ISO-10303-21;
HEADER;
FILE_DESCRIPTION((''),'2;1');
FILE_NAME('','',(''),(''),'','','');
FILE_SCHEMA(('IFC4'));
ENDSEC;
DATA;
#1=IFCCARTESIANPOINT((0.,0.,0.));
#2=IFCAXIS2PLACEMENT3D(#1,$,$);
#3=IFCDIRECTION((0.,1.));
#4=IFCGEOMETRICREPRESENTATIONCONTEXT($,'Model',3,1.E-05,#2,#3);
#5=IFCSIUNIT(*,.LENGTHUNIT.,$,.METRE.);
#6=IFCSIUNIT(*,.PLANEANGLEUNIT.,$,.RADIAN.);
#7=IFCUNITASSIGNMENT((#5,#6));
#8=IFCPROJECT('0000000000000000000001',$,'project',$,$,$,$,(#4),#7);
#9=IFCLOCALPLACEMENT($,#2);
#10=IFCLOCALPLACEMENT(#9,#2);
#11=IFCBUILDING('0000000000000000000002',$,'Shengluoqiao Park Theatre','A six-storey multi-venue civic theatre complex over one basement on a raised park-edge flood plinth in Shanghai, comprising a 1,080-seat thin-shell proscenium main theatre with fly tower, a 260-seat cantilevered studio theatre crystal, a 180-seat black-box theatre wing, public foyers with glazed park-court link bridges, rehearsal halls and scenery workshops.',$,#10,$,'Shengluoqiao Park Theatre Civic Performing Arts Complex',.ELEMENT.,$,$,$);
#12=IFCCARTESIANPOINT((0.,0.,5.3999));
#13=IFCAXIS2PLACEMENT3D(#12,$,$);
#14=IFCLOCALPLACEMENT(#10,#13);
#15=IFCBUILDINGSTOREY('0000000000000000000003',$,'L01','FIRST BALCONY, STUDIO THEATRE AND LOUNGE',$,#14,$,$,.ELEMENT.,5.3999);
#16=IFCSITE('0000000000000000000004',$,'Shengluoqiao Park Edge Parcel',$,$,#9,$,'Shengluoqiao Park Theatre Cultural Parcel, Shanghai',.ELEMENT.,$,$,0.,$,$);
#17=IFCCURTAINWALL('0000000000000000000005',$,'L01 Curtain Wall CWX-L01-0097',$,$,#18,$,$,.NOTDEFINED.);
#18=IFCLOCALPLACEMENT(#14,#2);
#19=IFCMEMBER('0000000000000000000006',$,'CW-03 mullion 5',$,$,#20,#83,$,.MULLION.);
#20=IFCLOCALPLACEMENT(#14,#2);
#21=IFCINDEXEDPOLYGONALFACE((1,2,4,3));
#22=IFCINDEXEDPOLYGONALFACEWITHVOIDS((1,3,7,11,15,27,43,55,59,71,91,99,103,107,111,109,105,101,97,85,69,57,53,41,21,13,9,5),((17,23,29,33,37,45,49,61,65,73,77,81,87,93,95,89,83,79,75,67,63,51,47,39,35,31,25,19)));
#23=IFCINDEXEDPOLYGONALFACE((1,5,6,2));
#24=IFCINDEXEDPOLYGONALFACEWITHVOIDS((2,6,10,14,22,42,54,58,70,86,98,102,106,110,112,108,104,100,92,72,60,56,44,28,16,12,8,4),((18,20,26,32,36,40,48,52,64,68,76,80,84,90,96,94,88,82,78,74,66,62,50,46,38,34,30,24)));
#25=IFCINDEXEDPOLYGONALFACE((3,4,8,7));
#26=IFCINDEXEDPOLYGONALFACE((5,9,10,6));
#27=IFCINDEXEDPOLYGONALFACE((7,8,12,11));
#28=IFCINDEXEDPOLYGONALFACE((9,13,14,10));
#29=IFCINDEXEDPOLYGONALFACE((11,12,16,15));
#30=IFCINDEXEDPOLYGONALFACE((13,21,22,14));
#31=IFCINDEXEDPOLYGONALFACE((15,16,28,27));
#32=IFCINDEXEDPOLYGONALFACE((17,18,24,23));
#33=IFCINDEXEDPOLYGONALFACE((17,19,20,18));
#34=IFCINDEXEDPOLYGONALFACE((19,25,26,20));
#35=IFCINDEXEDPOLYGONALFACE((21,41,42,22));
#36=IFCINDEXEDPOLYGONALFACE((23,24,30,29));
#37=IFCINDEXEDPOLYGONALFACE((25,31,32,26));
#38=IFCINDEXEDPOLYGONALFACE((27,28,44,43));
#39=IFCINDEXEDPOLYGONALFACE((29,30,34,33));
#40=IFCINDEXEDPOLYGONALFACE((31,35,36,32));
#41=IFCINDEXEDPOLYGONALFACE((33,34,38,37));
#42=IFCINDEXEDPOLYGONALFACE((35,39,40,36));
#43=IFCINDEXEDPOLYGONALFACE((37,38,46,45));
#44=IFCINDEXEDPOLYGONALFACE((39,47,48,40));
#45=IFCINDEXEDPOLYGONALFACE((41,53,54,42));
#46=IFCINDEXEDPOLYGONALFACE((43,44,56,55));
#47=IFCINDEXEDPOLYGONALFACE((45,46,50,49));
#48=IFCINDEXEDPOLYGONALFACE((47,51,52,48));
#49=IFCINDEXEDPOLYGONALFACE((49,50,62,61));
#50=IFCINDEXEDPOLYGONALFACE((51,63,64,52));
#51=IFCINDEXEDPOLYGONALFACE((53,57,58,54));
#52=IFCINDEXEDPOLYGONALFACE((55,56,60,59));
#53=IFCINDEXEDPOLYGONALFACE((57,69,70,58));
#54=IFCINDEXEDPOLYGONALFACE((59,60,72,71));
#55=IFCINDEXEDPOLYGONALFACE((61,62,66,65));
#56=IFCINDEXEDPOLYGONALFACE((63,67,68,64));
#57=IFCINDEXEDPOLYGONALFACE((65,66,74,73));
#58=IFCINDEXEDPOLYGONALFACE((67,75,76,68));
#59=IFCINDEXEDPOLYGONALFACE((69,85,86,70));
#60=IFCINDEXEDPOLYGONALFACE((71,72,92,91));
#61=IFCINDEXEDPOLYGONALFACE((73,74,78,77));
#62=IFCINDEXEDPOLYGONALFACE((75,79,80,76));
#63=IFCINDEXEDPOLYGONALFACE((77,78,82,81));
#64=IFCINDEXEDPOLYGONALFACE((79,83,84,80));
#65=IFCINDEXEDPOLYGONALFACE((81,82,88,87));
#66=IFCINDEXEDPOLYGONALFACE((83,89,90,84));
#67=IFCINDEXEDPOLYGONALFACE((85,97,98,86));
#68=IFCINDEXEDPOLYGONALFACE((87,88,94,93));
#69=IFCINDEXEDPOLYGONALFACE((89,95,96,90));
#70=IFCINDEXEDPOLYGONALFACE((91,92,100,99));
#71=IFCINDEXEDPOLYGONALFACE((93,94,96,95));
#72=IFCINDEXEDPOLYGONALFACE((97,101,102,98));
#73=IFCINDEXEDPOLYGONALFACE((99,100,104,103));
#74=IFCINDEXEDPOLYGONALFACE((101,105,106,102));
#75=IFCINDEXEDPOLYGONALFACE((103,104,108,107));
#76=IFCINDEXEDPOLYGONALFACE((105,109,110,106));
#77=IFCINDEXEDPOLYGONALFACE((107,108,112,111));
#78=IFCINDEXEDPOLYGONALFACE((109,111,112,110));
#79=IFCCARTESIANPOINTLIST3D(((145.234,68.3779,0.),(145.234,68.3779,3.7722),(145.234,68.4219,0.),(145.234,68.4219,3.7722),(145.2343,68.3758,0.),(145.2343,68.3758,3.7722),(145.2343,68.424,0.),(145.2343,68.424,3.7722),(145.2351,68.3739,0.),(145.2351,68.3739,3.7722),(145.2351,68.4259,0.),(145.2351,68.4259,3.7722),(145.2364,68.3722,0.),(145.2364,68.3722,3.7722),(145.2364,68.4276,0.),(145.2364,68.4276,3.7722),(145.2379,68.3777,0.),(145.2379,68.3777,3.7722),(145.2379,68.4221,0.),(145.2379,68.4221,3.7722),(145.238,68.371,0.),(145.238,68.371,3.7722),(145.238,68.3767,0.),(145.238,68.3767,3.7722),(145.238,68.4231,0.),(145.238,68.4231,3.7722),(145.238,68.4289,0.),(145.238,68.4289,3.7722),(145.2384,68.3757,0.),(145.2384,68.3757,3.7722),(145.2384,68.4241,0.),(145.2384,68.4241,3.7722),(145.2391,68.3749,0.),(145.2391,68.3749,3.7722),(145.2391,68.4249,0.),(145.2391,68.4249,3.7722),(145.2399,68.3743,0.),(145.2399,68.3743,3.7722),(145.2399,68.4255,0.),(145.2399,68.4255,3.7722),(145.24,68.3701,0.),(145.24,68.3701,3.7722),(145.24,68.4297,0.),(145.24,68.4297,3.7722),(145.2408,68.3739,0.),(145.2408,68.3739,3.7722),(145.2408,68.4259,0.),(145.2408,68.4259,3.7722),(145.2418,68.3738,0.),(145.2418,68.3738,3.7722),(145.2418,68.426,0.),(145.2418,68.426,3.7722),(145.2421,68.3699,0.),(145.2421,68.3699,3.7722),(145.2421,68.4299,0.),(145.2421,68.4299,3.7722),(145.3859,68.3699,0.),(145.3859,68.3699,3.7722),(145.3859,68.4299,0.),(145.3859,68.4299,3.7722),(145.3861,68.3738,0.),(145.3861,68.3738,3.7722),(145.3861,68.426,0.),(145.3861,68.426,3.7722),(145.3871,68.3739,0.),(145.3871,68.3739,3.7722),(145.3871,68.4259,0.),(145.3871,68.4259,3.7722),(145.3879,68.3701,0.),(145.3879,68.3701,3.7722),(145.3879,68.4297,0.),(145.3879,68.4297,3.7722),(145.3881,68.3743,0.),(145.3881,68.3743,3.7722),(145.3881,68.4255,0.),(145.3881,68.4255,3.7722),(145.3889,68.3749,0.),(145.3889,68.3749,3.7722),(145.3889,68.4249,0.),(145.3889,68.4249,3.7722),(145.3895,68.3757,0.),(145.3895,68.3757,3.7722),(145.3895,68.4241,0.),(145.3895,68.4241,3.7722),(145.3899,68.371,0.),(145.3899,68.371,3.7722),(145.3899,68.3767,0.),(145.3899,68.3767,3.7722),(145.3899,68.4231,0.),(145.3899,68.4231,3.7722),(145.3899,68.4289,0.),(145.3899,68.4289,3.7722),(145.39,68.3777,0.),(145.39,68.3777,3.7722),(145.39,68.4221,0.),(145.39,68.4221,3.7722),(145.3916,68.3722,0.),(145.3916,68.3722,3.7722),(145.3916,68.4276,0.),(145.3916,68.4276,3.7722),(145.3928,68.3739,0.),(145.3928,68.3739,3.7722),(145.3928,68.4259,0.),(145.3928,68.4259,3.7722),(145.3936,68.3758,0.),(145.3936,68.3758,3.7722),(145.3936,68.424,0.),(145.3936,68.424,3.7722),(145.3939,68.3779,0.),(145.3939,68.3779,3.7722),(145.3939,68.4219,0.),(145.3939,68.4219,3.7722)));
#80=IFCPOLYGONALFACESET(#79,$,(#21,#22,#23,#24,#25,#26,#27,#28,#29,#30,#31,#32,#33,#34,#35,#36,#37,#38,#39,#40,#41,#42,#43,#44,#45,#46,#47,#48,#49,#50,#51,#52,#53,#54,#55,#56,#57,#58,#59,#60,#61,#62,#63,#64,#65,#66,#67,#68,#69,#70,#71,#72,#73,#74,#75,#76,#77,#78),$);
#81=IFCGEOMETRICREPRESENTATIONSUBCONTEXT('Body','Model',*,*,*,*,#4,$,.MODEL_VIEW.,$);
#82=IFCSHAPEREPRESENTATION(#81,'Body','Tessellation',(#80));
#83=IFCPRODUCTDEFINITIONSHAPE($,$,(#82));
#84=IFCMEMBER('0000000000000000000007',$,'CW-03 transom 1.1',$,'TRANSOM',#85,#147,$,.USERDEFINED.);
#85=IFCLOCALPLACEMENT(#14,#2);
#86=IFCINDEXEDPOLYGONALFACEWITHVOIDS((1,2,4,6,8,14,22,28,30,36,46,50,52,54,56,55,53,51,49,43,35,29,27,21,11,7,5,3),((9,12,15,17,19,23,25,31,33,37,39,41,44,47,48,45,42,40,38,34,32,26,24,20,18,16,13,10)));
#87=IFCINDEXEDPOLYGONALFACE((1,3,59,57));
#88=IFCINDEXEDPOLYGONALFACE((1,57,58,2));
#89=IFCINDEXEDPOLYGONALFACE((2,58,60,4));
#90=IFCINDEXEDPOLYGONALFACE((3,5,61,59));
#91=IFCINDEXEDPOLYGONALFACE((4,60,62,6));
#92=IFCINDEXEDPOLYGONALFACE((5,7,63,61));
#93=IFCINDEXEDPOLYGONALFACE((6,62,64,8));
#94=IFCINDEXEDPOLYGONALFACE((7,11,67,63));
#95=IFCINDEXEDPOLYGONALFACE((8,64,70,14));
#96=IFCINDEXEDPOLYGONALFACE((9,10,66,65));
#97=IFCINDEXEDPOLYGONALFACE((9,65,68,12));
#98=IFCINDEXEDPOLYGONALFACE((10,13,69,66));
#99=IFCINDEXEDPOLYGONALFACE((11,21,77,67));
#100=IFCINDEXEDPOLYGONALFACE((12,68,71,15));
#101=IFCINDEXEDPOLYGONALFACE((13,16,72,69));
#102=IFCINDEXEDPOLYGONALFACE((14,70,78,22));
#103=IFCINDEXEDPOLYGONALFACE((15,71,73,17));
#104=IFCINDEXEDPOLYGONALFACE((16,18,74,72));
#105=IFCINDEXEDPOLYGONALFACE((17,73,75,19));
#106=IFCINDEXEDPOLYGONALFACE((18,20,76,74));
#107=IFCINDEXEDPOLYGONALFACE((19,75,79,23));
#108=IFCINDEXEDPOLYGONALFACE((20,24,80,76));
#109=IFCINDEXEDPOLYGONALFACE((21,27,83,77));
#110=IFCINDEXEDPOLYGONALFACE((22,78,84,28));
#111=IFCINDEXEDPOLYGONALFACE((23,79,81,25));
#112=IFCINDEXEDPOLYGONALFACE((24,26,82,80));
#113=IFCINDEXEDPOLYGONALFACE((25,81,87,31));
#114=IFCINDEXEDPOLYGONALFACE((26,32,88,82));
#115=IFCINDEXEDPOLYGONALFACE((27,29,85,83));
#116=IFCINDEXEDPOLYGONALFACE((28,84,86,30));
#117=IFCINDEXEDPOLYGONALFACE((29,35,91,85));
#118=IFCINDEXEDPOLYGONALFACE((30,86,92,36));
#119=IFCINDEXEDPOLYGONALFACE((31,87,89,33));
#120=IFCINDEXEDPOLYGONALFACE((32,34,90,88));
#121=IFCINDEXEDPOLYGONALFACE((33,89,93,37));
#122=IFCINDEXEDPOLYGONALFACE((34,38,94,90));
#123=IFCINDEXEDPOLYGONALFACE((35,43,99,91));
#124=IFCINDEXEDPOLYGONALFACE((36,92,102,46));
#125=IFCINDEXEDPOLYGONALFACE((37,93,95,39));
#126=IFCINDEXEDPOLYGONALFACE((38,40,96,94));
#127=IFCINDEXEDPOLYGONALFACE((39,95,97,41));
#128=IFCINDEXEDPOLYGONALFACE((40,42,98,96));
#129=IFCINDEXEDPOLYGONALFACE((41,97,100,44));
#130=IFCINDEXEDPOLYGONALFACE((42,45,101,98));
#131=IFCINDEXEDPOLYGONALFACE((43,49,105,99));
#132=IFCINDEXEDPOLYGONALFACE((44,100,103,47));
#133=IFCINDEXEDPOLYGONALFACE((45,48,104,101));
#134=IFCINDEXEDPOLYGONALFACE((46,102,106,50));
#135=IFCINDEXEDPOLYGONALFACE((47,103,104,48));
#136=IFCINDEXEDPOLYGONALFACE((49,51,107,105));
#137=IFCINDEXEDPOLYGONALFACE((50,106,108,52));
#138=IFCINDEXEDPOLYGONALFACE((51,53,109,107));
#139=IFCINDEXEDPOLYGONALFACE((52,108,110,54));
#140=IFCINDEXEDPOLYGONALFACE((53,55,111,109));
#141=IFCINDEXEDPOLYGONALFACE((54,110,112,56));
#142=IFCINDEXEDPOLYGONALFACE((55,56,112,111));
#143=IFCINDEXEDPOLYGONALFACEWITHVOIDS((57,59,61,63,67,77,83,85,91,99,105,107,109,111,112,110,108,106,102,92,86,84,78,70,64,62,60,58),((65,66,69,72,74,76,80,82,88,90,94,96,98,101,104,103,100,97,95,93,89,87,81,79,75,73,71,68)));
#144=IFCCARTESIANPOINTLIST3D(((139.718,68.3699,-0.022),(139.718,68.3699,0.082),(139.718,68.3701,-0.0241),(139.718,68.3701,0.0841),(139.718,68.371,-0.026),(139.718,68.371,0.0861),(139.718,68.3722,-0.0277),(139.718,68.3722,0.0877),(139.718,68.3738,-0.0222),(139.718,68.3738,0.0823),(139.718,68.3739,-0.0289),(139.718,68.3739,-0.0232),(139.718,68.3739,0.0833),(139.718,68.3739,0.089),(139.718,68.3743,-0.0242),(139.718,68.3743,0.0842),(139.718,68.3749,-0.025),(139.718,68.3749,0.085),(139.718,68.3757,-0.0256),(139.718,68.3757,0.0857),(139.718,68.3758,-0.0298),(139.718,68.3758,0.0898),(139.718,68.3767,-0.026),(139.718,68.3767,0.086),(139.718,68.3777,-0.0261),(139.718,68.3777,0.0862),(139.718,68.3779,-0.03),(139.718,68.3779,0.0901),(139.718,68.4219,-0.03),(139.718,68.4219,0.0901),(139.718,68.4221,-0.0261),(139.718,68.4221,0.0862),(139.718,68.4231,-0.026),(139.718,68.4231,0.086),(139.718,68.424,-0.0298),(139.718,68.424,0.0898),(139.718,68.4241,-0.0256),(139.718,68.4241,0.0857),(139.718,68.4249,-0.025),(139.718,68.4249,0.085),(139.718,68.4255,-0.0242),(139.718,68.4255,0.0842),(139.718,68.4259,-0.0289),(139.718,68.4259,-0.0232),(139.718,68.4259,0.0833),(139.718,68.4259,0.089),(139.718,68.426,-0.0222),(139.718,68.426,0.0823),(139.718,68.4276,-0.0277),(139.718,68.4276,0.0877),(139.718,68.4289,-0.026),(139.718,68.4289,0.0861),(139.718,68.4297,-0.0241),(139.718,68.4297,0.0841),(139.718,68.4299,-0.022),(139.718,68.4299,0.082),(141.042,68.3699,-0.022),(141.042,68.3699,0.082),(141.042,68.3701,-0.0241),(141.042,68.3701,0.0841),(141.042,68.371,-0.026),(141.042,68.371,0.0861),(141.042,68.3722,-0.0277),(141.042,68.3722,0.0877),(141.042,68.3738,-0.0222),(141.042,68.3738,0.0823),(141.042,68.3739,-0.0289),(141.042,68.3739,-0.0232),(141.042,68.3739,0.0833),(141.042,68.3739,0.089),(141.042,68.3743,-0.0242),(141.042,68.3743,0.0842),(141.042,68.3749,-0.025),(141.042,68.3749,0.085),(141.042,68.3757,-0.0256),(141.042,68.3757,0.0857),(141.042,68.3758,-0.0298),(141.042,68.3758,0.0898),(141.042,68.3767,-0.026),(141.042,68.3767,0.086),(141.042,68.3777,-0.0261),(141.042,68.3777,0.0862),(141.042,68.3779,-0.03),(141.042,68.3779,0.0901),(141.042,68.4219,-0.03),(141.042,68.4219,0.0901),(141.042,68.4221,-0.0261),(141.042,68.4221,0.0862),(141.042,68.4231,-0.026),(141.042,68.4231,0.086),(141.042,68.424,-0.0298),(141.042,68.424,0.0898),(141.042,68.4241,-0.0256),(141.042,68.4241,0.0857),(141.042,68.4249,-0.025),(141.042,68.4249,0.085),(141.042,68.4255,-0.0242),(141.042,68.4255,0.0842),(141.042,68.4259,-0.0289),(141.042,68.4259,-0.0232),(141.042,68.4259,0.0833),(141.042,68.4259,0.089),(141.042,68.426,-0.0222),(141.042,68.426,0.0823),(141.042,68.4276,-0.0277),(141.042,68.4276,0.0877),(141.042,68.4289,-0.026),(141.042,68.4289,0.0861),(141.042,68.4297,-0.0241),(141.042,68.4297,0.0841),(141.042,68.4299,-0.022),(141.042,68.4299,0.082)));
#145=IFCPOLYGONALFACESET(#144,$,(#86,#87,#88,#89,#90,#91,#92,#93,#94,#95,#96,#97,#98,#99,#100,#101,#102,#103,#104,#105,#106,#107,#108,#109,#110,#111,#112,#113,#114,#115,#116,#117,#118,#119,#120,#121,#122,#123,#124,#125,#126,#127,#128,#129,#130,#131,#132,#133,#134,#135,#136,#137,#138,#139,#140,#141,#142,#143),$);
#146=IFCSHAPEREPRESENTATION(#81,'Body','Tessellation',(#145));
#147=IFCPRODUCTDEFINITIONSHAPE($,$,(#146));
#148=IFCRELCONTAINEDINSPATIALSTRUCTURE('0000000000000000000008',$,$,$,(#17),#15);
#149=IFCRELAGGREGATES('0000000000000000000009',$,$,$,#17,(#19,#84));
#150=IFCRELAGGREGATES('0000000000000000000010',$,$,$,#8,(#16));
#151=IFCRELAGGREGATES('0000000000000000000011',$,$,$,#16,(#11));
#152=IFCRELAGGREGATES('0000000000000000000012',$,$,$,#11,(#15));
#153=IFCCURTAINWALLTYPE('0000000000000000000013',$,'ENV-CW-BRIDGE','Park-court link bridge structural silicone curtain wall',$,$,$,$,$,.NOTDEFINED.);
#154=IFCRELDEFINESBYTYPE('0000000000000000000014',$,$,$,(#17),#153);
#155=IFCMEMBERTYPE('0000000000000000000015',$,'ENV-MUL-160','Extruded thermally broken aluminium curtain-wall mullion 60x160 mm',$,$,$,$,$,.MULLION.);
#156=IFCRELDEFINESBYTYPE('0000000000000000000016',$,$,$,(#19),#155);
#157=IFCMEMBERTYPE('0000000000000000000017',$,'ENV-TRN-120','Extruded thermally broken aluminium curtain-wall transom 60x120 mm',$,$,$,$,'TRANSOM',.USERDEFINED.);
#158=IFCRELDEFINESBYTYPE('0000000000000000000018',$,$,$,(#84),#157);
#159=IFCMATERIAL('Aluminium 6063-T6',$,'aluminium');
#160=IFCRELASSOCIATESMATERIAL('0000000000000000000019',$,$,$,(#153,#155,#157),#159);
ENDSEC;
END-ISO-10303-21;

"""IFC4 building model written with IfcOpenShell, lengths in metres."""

from ifc_helpers import new_model, si_unit, direction, frame, origin, origin_2d, place, context, subcontext, project, spatial, hollow_rectangle, extrude, material, material_profile, profile_set, type_object, element, aggregate, save


model = new_model("IFC4")

# Units and contexts
model_context = context("Model", 3, precision=1e-05, world=origin(), true_north=direction((0.0, 1.0)))
body_context = subcontext(model_context, "Body", "Model", "MODEL_VIEW")
ifc_project = project(units=[si_unit("LENGTHUNIT", "METRE"), si_unit("PLANEANGLEUNIT", "RADIAN")], contexts=[model_context])

# Site, building, storey
site_placement = place(None, origin())
site = spatial("IfcSite", under=ifc_project, at=site_placement, Name="Shengluoqiao Park Edge Parcel", LongName="Shengluoqiao Park Theatre Cultural Parcel, Shanghai", CompositionType="ELEMENT", RefElevation=0.0)
building_placement = place(site_placement, origin())
building = spatial("IfcBuilding", under=site, at=building_placement, Name="Shengluoqiao Park Theatre", Description="A six-storey multi-venue civic theatre complex over one basement on a raised park-edge flood plinth in Shanghai, comprising a 1,080-seat thin-shell proscenium main theatre with fly tower, a 260-seat cantilevered studio theatre crystal, a 180-seat black-box theatre wing, public foyers with glazed park-court link bridges, rehearsal halls and scenery workshops.", LongName="Shengluoqiao Park Theatre Civic Performing Arts Complex", CompositionType="ELEMENT")
storey_placement = place(building_placement, frame((0.0, 0.0, 5.3999)))
storey = spatial("IfcBuildingStorey", under=building, at=storey_placement, Name="L01", Description="FIRST BALCONY, STUDIO THEATRE AND LOUNGE", CompositionType="ELEMENT", Elevation=5.3999)

# Curtain wall, members
ifc_material_1 = material(Name="Aluminium 6063-T6", Category="aluminium")
curtain_wall_type = type_object("IfcCurtainWallType", Name="ENV-CW-BRIDGE", Description="Park-court link bridge structural silicone curtain wall", PredefinedType="NOTDEFINED", material=ifc_material_1)
curtain_wall_placement = place(storey_placement, origin())
curtain_wall = element("IfcCurtainWall", 1, at=curtain_wall_placement, inside=storey, type_object=curtain_wall_type, Name="L01 Curtain Wall CWX-L01-0097", PredefinedType="NOTDEFINED")
ifc_material_profile_1 = material_profile(ifc_material_1, hollow_rectangle(XDim=0.0601, YDim=0.1599, WallThickness=0.0039, InnerFilletRadius=0.0039, OuterFilletRadius=0.0081, at=origin_2d()), Name="ALU MULLION 160x60x4")
ifc_profile_set_1 = profile_set([ifc_material_profile_1], Name="Aluminium 6063-T6")
member_type_1 = type_object("IfcMemberType", Name="ENV-MUL-160", Description="Extruded thermally broken aluminium curtain-wall mullion 60x160 mm", PredefinedType="MULLION", material=ifc_profile_set_1)
member_1_placement = place(storey_placement, frame((145.314, 68.3999, 0.0), z_axis=(0.0, 0.0, 1.0), x_axis=(0.0, 1.0, 0.0)))
member_1 = element("IfcMember", 2, at=member_1_placement, type_object=member_type_1, Name="CW-03 mullion 5", PredefinedType="MULLION", context=body_context, shape_type="SweptSolid", body=[
    extrude(hollow_rectangle(XDim=0.0601, YDim=0.1599, WallThickness=0.0039, InnerFilletRadius=0.0039, OuterFilletRadius=0.0081, at=origin_2d()), origin(), (0.0, 0.0, 1.0), 3.7722),
])
ifc_material_profile_2 = material_profile(ifc_material_1, hollow_rectangle(XDim=0.0601, YDim=0.1201, WallThickness=0.0039, InnerFilletRadius=0.0039, OuterFilletRadius=0.0081, at=origin_2d()), Name="ALU TRANSOM 120x60x4")
ifc_profile_set_2 = profile_set([ifc_material_profile_2], Name="Aluminium 6063-T6")
member_type_2 = type_object("IfcMemberType", Name="ENV-TRN-120", Description="Extruded thermally broken aluminium curtain-wall transom 60x120 mm", ElementType="TRANSOM", PredefinedType="USERDEFINED", material=ifc_profile_set_2)
member_2_placement = place(storey_placement, frame((139.718, 68.3999, 0.03), z_axis=(1.0, 0.0, 0.0), x_axis=(0.0, 1.0, 0.0)))
member_2 = element("IfcMember", 3, at=member_2_placement, type_object=member_type_2, Name="CW-03 transom 1.1", ObjectType="TRANSOM", PredefinedType="USERDEFINED", context=body_context, shape_type="SweptSolid", body=[
    extrude(hollow_rectangle(XDim=0.0601, YDim=0.1201, WallThickness=0.0039, InnerFilletRadius=0.0039, OuterFilletRadius=0.0081, at=origin_2d()), origin(), (0.0, 0.0, 1.0), 1.324),
])
aggregate(curtain_wall, [member_1, member_2])

save(model, "model.ifc")
